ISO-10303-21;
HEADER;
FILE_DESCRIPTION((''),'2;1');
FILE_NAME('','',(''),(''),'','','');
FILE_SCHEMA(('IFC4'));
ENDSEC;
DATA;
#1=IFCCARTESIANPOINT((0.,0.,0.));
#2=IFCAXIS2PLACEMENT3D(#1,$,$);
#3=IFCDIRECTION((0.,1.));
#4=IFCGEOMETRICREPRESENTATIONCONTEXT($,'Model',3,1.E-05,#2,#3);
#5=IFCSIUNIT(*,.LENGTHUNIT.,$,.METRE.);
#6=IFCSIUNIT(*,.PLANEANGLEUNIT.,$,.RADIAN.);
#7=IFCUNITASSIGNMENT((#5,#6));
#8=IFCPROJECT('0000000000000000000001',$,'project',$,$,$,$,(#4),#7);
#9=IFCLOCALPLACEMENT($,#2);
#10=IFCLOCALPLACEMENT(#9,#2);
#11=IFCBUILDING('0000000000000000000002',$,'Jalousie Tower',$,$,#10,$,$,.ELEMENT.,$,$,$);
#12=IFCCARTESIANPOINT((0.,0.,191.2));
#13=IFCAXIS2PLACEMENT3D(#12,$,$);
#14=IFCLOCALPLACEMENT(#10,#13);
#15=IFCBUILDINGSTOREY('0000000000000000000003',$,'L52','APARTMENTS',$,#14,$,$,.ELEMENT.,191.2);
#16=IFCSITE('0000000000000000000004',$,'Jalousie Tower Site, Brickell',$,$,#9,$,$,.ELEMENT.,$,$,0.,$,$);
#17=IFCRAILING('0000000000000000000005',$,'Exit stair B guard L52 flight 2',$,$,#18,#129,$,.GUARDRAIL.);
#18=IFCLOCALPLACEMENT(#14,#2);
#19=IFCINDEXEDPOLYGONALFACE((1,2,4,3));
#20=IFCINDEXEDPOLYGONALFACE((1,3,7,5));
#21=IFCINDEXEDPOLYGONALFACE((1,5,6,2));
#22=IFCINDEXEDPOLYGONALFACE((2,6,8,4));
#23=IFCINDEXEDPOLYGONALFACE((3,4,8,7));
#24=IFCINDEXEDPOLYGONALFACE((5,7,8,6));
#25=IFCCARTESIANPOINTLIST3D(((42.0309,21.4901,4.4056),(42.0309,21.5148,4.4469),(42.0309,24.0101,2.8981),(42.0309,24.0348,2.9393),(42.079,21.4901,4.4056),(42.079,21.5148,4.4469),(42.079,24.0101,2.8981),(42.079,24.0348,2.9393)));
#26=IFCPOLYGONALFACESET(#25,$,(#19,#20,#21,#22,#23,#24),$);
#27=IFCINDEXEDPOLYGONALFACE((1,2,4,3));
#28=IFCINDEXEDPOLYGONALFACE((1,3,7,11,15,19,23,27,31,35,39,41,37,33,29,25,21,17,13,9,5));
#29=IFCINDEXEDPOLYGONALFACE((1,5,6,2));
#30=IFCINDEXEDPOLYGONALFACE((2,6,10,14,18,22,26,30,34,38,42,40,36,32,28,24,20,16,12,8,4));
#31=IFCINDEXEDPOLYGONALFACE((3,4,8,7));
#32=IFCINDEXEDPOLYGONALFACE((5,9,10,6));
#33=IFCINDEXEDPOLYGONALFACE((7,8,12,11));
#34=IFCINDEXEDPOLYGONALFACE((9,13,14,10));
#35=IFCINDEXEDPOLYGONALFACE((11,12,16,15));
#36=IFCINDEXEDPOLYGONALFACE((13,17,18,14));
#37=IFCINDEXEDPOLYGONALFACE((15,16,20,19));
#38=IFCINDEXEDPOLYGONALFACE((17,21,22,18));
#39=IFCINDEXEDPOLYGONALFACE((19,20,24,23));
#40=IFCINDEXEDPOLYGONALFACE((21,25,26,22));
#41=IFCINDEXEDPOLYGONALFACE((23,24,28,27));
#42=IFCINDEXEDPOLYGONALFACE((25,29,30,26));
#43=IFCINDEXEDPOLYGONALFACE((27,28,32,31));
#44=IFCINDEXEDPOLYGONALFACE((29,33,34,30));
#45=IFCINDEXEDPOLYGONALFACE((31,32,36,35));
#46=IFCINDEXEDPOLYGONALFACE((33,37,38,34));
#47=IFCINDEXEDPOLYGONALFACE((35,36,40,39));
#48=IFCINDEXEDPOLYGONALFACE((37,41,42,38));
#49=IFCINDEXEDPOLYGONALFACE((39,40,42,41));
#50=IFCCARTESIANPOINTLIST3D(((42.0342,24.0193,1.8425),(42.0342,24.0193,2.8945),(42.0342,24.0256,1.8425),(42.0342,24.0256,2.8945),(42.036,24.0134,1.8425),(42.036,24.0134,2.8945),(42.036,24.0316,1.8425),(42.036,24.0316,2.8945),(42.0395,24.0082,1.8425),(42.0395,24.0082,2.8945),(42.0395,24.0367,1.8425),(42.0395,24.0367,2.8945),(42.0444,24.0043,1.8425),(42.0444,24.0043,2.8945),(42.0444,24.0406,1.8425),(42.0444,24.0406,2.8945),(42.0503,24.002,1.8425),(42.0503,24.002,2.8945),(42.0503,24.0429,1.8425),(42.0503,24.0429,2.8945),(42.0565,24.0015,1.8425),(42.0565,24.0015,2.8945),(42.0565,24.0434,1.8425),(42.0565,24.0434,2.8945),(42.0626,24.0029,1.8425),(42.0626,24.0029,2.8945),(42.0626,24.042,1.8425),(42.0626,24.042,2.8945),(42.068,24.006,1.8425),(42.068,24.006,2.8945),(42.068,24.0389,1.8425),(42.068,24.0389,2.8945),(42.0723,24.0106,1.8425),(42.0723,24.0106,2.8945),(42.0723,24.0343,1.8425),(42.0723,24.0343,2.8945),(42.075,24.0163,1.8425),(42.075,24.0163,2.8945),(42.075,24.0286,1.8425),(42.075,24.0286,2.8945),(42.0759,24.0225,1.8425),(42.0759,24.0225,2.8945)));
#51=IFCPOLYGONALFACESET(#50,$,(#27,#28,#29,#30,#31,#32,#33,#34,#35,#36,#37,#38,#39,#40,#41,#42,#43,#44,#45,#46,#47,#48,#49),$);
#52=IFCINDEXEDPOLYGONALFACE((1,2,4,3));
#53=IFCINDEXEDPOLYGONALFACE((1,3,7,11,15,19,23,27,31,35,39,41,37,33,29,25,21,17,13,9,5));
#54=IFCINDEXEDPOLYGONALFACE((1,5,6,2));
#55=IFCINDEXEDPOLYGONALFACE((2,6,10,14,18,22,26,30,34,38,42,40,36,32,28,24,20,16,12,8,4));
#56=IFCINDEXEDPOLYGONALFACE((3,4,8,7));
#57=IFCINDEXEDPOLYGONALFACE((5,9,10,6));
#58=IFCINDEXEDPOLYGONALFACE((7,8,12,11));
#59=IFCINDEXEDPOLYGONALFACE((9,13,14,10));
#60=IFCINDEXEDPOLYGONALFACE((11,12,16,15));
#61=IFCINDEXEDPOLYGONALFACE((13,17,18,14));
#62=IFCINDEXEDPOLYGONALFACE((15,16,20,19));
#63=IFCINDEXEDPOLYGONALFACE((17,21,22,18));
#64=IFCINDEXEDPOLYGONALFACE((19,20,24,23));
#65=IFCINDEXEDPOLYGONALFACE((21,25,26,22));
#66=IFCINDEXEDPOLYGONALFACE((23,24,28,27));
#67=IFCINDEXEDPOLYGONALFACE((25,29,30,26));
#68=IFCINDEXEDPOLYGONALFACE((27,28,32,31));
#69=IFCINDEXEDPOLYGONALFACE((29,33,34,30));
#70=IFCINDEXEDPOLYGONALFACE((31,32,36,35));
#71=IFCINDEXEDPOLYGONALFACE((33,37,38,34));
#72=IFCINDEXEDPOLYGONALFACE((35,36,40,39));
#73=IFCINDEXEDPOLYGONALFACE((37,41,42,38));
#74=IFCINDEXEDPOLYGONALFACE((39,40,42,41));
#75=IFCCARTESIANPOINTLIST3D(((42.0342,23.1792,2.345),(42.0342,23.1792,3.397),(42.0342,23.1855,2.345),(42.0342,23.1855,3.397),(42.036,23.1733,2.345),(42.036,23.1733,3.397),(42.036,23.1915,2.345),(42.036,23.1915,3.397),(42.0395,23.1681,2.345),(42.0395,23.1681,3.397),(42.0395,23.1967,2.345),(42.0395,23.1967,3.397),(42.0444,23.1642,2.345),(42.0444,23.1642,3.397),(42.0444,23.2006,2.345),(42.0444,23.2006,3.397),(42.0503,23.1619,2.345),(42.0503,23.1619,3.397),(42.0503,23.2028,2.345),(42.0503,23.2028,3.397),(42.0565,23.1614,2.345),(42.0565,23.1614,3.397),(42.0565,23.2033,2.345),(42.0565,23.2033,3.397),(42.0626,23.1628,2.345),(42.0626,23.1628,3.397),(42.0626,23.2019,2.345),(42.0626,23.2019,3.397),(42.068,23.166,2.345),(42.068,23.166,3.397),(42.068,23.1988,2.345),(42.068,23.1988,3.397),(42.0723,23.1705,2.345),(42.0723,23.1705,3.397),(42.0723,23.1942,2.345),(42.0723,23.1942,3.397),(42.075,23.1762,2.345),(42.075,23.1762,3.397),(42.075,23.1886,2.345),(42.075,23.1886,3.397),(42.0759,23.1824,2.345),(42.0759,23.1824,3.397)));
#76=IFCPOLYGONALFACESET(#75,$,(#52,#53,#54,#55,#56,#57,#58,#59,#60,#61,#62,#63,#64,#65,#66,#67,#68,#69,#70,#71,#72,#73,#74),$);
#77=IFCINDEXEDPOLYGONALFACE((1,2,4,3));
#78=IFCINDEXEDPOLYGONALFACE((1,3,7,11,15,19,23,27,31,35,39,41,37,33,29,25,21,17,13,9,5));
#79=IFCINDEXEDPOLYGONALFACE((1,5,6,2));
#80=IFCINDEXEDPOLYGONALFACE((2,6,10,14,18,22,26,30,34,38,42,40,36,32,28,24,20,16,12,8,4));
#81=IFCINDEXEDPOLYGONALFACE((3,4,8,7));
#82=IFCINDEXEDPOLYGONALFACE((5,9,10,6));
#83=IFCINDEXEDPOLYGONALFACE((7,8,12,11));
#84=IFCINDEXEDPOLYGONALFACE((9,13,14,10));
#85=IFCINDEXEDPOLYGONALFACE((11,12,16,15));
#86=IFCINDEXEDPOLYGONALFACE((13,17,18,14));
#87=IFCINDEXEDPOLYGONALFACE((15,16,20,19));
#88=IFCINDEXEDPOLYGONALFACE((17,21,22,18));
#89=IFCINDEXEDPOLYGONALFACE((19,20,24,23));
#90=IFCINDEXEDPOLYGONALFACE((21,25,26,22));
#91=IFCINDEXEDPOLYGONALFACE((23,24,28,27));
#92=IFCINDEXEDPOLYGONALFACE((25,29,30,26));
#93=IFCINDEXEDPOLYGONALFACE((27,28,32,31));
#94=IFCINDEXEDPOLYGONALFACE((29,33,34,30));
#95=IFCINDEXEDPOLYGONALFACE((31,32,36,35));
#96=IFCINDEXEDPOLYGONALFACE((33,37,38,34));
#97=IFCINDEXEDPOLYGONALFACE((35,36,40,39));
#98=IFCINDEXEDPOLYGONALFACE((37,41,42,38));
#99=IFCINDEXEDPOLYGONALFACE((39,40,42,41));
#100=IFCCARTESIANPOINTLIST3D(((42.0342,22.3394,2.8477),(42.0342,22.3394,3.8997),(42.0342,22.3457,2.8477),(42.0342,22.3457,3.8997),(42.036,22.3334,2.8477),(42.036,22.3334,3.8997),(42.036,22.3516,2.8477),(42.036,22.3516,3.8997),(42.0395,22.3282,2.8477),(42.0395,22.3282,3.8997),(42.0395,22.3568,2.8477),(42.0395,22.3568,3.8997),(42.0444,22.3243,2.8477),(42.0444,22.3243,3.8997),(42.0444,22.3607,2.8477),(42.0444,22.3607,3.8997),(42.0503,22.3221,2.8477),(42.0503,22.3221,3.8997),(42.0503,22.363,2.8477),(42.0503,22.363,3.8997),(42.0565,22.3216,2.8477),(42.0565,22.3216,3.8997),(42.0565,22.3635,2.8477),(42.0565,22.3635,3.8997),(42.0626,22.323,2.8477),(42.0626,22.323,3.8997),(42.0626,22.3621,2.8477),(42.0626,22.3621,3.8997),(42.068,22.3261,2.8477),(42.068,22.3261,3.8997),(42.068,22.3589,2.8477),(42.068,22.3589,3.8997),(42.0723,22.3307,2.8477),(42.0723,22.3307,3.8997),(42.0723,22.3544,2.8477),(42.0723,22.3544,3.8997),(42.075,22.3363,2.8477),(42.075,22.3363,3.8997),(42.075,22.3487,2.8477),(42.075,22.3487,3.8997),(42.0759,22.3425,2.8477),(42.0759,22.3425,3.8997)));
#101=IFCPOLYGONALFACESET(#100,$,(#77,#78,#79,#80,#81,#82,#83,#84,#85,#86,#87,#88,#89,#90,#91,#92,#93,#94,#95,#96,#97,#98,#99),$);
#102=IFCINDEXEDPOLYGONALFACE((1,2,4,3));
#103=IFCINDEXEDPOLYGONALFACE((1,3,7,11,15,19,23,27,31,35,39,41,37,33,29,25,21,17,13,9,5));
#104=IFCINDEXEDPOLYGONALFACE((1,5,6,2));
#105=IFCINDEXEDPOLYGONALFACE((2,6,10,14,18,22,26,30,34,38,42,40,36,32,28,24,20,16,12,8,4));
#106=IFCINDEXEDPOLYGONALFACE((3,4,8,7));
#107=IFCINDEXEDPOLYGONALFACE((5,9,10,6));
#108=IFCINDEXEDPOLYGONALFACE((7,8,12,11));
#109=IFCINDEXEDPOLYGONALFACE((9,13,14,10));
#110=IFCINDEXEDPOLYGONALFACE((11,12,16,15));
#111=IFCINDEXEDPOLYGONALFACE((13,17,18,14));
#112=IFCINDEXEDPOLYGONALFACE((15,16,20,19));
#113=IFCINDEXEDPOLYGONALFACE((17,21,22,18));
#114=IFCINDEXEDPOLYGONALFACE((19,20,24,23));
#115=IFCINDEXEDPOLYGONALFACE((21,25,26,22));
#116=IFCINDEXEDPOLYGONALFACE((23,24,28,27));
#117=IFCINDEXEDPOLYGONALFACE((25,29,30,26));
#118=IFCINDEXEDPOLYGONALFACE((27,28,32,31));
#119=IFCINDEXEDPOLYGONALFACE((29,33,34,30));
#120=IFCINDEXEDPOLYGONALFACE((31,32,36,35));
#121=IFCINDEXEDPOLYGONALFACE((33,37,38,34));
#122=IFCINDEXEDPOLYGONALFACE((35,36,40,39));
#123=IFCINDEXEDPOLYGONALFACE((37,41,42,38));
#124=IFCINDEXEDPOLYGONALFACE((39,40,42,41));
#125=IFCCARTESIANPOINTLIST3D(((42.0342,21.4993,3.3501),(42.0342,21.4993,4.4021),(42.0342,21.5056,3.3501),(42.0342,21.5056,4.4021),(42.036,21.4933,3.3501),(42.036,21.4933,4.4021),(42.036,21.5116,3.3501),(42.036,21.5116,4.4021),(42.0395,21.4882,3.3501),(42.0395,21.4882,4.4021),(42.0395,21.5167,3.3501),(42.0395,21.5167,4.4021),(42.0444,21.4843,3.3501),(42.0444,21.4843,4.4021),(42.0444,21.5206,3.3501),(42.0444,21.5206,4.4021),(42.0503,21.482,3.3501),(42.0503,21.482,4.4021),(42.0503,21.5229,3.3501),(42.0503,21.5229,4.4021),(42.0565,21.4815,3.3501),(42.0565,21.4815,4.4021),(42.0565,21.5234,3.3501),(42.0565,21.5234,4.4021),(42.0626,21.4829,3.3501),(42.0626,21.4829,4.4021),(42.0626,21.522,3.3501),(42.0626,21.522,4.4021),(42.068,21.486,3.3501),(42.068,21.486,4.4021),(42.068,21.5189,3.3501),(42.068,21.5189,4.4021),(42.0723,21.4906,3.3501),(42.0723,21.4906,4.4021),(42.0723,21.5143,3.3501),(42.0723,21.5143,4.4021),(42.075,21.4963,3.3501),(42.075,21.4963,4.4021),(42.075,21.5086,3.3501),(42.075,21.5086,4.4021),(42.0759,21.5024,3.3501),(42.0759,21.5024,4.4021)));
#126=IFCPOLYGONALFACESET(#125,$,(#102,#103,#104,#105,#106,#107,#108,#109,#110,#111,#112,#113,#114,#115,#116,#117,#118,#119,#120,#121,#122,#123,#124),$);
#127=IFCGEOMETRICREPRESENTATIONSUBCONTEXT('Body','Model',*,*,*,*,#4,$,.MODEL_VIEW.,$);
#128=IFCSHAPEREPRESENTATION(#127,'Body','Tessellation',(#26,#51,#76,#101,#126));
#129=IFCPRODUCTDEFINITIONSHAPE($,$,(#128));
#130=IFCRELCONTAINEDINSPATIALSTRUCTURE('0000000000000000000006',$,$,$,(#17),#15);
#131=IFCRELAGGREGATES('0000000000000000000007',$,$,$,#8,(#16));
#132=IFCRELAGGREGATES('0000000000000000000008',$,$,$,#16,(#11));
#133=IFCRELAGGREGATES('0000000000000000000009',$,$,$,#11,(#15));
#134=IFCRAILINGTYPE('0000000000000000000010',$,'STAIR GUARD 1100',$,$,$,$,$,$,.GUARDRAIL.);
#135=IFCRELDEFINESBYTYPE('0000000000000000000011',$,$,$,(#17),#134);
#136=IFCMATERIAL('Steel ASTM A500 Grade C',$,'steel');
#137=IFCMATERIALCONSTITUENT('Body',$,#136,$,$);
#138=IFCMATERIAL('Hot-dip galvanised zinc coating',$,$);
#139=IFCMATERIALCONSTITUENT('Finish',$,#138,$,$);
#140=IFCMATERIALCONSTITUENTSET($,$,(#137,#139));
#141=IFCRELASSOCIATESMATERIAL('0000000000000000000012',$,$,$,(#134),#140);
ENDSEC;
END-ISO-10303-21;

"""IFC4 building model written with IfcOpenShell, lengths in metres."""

from ifc_helpers import new_model, si_unit, direction, frame, origin, origin_2d, place, context, subcontext, project, spatial, rectangle, circle, extrude, material, constituent, constituent_set, type_object, element, save


model = new_model("IFC4")

# Units and contexts
model_context = context("Model", 3, precision=1e-05, world=origin(), true_north=direction((0.0, 1.0)))
body_context = subcontext(model_context, "Body", "Model", "MODEL_VIEW")
ifc_project = project(units=[si_unit("LENGTHUNIT", "METRE"), si_unit("PLANEANGLEUNIT", "RADIAN")], contexts=[model_context])

# Site, building, storey
site_placement = place(None, origin())
site = spatial("IfcSite", under=ifc_project, at=site_placement, Name="Jalousie Tower Site, Brickell", CompositionType="ELEMENT", RefElevation=0.0)
building_placement = place(site_placement, origin())
building = spatial("IfcBuilding", under=site, at=building_placement, Name="Jalousie Tower", CompositionType="ELEMENT")
storey_placement = place(building_placement, frame((0.0, 0.0, 191.2)))
storey = spatial("IfcBuildingStorey", under=building, at=storey_placement, Name="L52", Description="APARTMENTS", CompositionType="ELEMENT", Elevation=191.2)

# Railing
ifc_material_1 = material(Name="Steel ASTM A500 Grade C", Category="steel")
ifc_constituent_1 = constituent(ifc_material_1, Name="Body")
ifc_material_2 = material(Name="Hot-dip galvanised zinc coating")
ifc_constituent_2 = constituent(ifc_material_2, Name="Finish")
ifc_constituent_set_1 = constituent_set(constituents=[ifc_constituent_1, ifc_constituent_2])
railing_type_1 = type_object("IfcRailingType", Name="STAIR GUARD 1100", PredefinedType="GUARDRAIL", material=ifc_constituent_set_1)
railing_1_placement = place(storey_placement, frame((42.0549, 24.0225, 1.8425)))
element("IfcRailing", 1, at=railing_1_placement, inside=storey, type_object=railing_type_1, Name="Exit stair B guard L52 flight 2", PredefinedType="GUARDRAIL", context=body_context, shape_type="SweptSolid", body=[
    extrude(rectangle(XDim=0.0481, YDim=0.0481, at=origin_2d()), frame((0.0, 0.0, 1.0762), z_axis=(0.0, -0.85816, 0.513383), x_axis=(1.0, 0.0, 0.0)), (0.0, 0.0, 1.0), 2.9365),
    extrude(circle(Radius=0.021, at=origin_2d()), origin(), (0.0, 0.0, 1.0), 1.052),
    extrude(circle(Radius=0.021, at=origin_2d()), frame((0.0, -0.8401, 0.5024)), (0.0, 0.0, 1.0), 1.052),
    extrude(circle(Radius=0.021, at=origin_2d()), frame((0.0, -1.6799, 1.0051)), (0.0, 0.0, 1.0), 1.052),
    extrude(circle(Radius=0.021, at=origin_2d()), frame((0.0, -2.52, 1.5076)), (0.0, 0.0, 1.0), 1.052),
])

save(model, "model.ifc")
